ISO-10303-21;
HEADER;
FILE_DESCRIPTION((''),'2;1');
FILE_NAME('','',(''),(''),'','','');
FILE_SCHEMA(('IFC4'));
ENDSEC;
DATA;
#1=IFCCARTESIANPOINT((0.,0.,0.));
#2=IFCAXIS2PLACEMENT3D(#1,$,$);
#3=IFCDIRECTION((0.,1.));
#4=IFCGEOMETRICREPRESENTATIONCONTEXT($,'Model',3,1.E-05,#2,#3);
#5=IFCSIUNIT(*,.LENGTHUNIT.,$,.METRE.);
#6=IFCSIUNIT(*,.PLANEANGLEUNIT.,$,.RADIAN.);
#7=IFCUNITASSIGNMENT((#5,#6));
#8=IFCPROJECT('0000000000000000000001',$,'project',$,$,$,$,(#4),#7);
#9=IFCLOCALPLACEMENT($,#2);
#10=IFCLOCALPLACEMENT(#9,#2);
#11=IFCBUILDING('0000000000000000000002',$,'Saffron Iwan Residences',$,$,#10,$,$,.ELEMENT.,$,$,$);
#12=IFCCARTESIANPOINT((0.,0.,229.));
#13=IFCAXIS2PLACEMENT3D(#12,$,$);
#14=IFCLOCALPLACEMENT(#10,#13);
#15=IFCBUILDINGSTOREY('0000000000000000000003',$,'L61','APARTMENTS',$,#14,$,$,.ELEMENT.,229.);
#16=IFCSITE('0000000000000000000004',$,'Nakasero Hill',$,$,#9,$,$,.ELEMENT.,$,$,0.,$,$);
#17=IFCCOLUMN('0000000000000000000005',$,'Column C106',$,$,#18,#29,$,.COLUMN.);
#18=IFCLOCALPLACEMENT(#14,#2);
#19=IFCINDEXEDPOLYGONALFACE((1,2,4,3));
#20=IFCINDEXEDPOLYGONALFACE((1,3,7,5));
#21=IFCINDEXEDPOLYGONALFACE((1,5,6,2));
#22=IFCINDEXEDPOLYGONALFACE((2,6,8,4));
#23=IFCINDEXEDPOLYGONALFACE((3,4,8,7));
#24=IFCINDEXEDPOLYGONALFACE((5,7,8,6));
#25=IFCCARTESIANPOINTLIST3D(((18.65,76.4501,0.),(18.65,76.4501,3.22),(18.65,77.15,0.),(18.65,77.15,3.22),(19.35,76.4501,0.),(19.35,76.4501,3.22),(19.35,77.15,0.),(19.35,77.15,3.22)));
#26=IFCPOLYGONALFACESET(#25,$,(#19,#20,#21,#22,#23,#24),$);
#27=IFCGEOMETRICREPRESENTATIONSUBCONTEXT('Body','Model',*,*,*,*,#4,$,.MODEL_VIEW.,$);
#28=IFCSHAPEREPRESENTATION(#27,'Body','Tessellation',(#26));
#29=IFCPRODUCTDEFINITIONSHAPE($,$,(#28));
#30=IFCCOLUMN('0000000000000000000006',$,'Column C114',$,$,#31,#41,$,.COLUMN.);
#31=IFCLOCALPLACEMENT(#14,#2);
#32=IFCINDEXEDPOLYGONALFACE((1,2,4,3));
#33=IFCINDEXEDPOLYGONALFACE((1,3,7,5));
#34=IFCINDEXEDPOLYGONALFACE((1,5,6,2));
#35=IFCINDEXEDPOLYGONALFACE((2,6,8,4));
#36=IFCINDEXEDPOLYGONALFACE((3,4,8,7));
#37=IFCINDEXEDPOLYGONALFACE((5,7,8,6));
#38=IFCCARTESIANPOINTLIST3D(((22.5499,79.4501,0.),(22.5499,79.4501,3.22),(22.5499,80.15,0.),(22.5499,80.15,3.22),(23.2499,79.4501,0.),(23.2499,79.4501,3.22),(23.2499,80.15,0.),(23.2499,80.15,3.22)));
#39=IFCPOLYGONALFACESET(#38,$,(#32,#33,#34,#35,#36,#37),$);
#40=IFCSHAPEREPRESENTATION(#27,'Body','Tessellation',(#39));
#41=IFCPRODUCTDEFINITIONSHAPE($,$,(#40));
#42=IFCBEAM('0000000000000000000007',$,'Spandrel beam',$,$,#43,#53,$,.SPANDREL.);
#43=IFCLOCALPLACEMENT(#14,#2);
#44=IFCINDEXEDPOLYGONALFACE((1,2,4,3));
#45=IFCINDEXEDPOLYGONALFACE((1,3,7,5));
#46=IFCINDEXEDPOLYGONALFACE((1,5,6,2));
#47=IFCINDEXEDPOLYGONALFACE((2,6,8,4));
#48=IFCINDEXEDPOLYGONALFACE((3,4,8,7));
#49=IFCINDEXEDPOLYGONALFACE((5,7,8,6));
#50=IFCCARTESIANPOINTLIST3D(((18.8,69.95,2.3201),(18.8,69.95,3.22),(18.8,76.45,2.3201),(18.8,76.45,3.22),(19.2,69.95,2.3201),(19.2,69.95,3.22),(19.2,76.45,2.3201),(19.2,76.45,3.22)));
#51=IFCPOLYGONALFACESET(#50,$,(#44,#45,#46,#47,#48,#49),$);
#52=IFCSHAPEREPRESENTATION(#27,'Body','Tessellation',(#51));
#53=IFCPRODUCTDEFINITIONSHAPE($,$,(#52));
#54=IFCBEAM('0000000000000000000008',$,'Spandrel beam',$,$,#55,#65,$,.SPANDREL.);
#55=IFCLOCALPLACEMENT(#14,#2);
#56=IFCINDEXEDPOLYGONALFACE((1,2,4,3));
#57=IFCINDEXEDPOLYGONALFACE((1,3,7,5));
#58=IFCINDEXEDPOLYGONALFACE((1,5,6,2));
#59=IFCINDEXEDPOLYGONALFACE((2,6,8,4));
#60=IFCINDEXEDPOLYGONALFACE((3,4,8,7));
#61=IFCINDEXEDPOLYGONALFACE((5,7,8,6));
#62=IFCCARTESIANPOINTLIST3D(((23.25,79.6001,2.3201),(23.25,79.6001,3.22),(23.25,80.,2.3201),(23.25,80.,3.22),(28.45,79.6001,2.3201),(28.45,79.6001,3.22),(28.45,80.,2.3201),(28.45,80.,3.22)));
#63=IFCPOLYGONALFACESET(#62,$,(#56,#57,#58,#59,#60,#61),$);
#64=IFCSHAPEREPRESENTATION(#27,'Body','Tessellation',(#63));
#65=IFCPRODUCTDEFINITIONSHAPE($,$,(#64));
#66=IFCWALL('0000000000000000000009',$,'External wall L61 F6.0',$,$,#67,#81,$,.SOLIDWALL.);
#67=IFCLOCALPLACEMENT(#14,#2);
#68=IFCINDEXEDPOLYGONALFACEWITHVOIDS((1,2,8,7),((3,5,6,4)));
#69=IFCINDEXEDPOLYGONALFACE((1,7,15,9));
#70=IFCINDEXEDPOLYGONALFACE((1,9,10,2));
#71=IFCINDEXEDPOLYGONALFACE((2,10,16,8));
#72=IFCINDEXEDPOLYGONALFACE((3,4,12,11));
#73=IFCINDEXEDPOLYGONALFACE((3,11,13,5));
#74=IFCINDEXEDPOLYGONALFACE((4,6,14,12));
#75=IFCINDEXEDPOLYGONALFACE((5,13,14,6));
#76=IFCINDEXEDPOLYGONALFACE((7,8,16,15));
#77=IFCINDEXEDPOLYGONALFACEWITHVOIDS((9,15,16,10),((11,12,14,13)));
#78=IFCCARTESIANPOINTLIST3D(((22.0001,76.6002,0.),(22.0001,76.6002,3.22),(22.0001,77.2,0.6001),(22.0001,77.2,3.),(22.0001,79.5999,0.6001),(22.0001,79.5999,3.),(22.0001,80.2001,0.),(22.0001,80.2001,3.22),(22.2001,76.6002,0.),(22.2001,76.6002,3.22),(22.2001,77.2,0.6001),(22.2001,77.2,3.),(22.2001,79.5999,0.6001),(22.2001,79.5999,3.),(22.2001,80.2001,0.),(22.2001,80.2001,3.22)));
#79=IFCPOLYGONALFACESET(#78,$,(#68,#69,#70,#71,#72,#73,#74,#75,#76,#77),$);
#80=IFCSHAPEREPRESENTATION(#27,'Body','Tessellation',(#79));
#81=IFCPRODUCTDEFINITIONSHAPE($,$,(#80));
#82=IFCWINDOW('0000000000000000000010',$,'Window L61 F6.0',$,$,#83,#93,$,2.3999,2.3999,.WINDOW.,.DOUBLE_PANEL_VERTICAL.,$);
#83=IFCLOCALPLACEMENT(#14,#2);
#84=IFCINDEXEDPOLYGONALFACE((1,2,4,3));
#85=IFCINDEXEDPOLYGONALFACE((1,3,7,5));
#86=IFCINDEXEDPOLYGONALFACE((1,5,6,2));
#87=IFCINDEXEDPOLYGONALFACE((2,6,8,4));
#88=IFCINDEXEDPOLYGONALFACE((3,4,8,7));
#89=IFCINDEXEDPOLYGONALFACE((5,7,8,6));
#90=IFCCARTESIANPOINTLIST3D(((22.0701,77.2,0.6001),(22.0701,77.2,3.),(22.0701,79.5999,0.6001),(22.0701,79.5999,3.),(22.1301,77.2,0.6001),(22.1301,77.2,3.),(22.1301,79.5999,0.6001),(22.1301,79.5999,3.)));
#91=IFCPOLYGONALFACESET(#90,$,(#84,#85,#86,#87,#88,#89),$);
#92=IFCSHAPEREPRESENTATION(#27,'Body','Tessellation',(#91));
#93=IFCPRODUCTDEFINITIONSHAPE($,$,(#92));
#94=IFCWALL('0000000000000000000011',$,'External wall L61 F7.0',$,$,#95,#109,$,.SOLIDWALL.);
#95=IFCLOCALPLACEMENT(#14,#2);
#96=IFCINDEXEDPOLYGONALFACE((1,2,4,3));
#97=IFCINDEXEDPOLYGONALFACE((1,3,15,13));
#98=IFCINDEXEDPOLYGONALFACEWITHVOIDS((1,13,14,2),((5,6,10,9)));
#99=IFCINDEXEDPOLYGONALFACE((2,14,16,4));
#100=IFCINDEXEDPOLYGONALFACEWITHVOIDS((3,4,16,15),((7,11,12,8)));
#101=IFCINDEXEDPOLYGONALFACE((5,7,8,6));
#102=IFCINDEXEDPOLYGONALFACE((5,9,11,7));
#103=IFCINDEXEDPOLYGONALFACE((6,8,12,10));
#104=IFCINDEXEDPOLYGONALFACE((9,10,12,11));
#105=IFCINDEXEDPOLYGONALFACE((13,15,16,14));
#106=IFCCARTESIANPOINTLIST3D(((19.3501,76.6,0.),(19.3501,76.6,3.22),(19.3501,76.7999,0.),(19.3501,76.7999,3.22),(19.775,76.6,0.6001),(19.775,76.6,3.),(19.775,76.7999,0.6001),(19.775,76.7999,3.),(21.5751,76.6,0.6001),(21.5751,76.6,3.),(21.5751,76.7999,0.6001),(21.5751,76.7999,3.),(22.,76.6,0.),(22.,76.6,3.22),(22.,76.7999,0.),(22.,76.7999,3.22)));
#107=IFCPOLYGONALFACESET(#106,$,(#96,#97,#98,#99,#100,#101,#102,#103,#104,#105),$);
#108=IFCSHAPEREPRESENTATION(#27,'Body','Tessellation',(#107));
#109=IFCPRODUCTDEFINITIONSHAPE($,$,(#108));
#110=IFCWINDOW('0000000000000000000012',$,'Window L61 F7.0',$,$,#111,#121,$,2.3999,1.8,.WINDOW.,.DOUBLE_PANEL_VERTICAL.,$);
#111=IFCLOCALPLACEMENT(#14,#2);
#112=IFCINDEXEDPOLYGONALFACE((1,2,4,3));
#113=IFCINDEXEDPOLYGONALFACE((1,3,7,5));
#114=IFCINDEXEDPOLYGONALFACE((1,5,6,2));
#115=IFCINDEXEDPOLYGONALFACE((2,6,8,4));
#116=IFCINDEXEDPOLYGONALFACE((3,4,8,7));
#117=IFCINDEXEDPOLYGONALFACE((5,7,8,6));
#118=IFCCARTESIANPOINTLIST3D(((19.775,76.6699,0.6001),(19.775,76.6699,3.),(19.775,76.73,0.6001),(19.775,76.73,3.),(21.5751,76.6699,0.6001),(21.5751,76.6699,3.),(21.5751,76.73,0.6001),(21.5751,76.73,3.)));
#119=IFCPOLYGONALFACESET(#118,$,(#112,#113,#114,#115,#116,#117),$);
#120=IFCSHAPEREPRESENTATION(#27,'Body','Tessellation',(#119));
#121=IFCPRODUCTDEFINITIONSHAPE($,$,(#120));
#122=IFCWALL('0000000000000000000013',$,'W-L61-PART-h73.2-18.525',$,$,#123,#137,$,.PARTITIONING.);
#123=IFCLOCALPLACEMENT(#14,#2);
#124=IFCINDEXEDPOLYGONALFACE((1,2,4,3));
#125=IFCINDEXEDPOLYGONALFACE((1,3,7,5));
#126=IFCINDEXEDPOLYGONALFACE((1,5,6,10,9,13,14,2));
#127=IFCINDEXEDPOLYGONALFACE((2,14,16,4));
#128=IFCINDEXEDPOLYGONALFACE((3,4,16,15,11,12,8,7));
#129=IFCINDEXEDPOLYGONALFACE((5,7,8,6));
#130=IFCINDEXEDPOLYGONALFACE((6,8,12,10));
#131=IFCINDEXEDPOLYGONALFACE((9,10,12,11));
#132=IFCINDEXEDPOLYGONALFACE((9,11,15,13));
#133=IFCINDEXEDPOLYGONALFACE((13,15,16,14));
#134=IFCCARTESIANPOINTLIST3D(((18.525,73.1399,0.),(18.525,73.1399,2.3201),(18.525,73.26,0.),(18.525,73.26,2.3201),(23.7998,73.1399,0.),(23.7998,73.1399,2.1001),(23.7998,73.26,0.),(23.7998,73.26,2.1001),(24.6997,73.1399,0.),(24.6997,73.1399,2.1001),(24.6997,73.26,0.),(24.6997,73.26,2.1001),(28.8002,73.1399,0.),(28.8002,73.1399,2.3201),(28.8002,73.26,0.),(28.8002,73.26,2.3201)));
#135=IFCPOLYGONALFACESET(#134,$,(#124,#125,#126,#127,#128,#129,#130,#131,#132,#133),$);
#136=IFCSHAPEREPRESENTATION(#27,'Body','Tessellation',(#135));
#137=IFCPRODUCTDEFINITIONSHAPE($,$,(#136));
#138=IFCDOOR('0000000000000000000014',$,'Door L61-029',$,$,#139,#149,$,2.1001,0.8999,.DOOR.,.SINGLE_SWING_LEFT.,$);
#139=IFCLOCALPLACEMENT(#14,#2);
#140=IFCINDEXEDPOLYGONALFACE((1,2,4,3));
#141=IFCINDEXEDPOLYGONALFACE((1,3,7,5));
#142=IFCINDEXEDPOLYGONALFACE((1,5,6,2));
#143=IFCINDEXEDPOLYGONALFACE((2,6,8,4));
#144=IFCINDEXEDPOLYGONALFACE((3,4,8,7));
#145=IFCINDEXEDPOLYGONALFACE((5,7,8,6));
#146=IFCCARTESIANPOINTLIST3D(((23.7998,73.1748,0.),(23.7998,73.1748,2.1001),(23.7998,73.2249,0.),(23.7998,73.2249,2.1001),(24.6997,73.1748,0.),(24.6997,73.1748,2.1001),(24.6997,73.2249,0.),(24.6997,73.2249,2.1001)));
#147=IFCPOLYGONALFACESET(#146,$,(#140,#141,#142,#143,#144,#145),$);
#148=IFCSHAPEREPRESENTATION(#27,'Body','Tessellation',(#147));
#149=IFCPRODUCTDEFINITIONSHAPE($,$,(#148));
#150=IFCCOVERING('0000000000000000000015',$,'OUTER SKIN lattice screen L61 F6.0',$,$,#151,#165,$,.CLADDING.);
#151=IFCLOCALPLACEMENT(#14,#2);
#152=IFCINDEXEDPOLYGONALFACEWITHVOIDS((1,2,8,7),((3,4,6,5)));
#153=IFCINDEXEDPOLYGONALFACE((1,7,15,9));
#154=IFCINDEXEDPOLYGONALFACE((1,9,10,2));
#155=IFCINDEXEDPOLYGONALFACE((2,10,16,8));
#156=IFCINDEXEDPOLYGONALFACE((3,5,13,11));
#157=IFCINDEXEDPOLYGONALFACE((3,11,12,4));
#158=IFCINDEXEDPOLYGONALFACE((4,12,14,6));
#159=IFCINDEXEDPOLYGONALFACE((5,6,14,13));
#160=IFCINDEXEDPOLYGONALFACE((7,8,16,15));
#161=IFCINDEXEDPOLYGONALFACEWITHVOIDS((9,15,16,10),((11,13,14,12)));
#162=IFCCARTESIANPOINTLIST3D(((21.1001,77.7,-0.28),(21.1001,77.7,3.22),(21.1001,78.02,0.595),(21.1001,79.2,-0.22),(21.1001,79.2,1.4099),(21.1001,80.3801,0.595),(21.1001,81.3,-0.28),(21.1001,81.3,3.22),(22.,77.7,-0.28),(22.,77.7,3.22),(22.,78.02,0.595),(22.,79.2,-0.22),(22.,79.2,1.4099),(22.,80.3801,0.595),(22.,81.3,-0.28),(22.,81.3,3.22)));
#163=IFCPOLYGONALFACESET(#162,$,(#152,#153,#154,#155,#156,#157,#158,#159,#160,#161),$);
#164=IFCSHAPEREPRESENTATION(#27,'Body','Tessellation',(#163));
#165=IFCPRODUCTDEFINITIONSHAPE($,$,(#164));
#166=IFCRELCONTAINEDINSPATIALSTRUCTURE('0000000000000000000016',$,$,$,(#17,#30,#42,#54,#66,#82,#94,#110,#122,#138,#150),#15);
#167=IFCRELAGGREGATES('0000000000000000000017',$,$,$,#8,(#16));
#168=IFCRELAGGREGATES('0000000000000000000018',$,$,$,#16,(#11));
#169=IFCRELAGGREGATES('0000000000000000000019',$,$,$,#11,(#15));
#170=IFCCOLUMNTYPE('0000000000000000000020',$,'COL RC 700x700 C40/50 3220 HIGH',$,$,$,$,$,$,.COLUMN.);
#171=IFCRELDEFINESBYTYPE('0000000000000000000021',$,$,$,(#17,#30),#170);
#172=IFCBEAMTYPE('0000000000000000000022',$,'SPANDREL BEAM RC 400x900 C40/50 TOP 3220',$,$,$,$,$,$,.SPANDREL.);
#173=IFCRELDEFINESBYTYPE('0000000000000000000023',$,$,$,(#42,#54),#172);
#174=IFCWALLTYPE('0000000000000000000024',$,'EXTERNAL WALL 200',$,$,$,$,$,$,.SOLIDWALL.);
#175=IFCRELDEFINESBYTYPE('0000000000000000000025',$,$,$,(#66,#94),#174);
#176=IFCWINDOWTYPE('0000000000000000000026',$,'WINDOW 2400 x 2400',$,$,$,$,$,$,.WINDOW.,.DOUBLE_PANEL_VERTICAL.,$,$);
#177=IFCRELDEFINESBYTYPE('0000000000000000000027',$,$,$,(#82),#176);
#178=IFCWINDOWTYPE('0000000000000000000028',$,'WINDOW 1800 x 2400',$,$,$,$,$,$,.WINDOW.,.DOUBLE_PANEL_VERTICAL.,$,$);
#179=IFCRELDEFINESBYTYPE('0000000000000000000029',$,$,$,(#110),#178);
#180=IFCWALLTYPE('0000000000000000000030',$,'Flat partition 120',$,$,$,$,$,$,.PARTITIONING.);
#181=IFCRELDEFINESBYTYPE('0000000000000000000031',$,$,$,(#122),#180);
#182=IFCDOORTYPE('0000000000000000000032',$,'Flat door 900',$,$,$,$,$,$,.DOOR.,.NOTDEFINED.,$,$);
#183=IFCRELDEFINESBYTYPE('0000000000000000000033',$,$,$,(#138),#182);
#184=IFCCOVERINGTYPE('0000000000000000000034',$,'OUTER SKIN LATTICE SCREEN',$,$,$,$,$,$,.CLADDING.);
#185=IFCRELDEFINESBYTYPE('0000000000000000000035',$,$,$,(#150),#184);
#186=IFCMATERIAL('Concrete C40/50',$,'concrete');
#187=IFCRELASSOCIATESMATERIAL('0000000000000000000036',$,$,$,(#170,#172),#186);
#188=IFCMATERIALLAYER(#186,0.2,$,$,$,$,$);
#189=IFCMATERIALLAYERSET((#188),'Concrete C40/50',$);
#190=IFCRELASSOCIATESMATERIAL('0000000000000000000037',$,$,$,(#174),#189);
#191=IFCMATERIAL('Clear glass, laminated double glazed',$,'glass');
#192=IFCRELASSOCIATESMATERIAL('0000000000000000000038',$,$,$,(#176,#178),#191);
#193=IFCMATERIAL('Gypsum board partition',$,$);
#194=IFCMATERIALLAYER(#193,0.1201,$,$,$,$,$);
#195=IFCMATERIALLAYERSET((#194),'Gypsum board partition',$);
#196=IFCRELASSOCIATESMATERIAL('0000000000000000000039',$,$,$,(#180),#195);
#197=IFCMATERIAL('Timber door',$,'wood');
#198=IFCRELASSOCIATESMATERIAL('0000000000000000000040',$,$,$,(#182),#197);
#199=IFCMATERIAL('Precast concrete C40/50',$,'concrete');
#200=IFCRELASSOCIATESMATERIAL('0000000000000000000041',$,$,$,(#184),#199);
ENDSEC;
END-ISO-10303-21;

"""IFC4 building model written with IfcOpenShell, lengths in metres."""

from ifc_helpers import new_model, si_unit, direction, frame, frame_2d, origin, origin_2d, place, context, subcontext, project, spatial, polyline, rectangle, outline, extrude, source, transform, mapped, material, layer, layer_set, material_profile, profile_set, type_object, element, fill, save


model = new_model("IFC4")

# Units and contexts
model_context = context("Model", 3, precision=1e-05, world=origin(), true_north=direction((0.0, 1.0)))
body_context = subcontext(model_context, "Body", "Model", "MODEL_VIEW")
ifc_project = project(units=[si_unit("LENGTHUNIT", "METRE"), si_unit("PLANEANGLEUNIT", "RADIAN")], contexts=[model_context])

# Site, building, storey
site_placement = place(None, origin())
site = spatial("IfcSite", under=ifc_project, at=site_placement, Name="Nakasero Hill", CompositionType="ELEMENT", RefElevation=0.0)
building_placement = place(site_placement, origin())
building = spatial("IfcBuilding", under=site, at=building_placement, Name="Saffron Iwan Residences", CompositionType="ELEMENT")
storey_placement = place(building_placement, frame((0.0, 0.0, 229.0)))
storey = spatial("IfcBuildingStorey", under=building, at=storey_placement, Name="L61", Description="APARTMENTS", CompositionType="ELEMENT", Elevation=229.0)

# Columns
ifc_material_1 = material(Name="Concrete C40/50", Category="concrete")
ifc_material_profile_1 = material_profile(ifc_material_1, rectangle(XDim=0.7, YDim=0.7, at=origin_2d()), Name="RC 700x700")
ifc_profile_set_1 = profile_set([ifc_material_profile_1], Name="Concrete C40/50")
column_type = type_object("IfcColumnType", Name="COL RC 700x700 C40/50 3220 HIGH", PredefinedType="COLUMN", material=ifc_profile_set_1)
shared_shape_1 = source(origin(), body_context, "Body", "SweptSolid", [
    extrude(rectangle(XDim=0.7, YDim=0.7, at=origin_2d()), origin(), (0.0, 0.0, 1.0), 3.22),
])
for number, where, z_axis, x_axis, name in (
    (1, (19.0, 76.8, 0.0), (0.0, 0.0, 1.0), (1.0, 0.0, 0.0), "Column C106"),
    (2, (22.8999, 79.8, 0.0), (0.0, 0.0, 1.0), (1.0, 0.0, 0.0), "Column C114"),
):
    element("IfcColumn", number, at=place(storey_placement, frame(where, z_axis=z_axis, x_axis=x_axis)), inside=storey, type_object=column_type, Name=name, PredefinedType="COLUMN", context=body_context, shape_type="MappedRepresentation", body=[
        mapped(shared_shape_1, transform((0.0, 0.0, 0.0))),
    ])

# Beams
ifc_material_profile_2 = material_profile(ifc_material_1, rectangle(XDim=0.3999, YDim=0.8999, at=origin_2d()), Name="RC 400x900")
ifc_profile_set_2 = profile_set([ifc_material_profile_2], Name="Concrete C40/50")
beam_type = type_object("IfcBeamType", Name="SPANDREL BEAM RC 400x900 C40/50 TOP 3220", PredefinedType="SPANDREL", material=ifc_profile_set_2)
shared_shape_2 = source(origin(), body_context, "Body", "SweptSolid", [
    extrude(rectangle(XDim=0.3999, YDim=0.8999, at=origin_2d()), origin(), (0.0, 0.0, 1.0), 6.5),
])
beam_1_placement = place(storey_placement, frame((19.0, 69.95, 2.77), z_axis=(0.0, 1.0, 0.0), x_axis=(-1.0, 0.0, 0.0)))
element("IfcBeam", 3, at=beam_1_placement, inside=storey, type_object=beam_type, Name="Spandrel beam", PredefinedType="SPANDREL", context=body_context, shape_type="MappedRepresentation", body=[
    mapped(shared_shape_2, transform((0.0, 0.0, 0.0))),
])
shared_shape_3 = source(origin(), body_context, "Body", "SweptSolid", [
    extrude(rectangle(XDim=0.3999, YDim=0.8999, at=origin_2d()), origin(), (0.0, 0.0, 1.0), 5.2),
])
beam_2_placement = place(storey_placement, frame((23.25, 79.8, 2.77), z_axis=(1.0, 0.0, 0.0), x_axis=(0.0, 1.0, 0.0)))
element("IfcBeam", 4, at=beam_2_placement, inside=storey, type_object=beam_type, Name="Spandrel beam", PredefinedType="SPANDREL", context=body_context, shape_type="MappedRepresentation", body=[
    mapped(shared_shape_3, transform((0.0, 0.0, 0.0))),
])

# Walls, openings, windows
ifc_layer_1 = layer(ifc_material_1, 0.2)
ifc_layer_set_1 = layer_set([ifc_layer_1], Name="Concrete C40/50")
wall_type_1 = type_object("IfcWallType", Name="EXTERNAL WALL 200", PredefinedType="SOLIDWALL", material=ifc_layer_set_1)
wall_1_placement = place(storey_placement, frame((22.1001, 80.2, 0.0), z_axis=(0.0, 0.0, 1.0), x_axis=(0.0, -1.0, 0.0)))
wall_1 = element("IfcWall", 5, at=wall_1_placement, inside=storey, type_object=wall_type_1, Name="External wall L61 F6.0", PredefinedType="SOLIDWALL", context=body_context, shape_type="SweptSolid", body=[
    extrude(rectangle(XDim=3.5999, YDim=0.2, at=frame_2d((1.7998, 0.0))), origin(), (0.0, 0.0, 1.0), 3.22),
])
opening_1_placement = place(wall_1_placement, frame((0.6001, 0.0, 0.6001)))
opening_1 = element("IfcOpeningElement", 6, at=opening_1_placement, cuts=wall_1, PredefinedType="OPENING", context=body_context, shape_type="SweptSolid", body=[
    extrude(rectangle(XDim=2.3999, YDim=2.3999, at=frame_2d((1.2, 1.2))), frame((0.0, 0.1099, 0.0), z_axis=(0.0, -1.0, 0.0), x_axis=(1.0, 0.0, 0.0)), (0.0, 0.0, 1.0), 0.22),
])
ifc_material_2 = material(Name="Clear glass, laminated double glazed", Category="glass")
window_type_1 = type_object("IfcWindowType", Name="WINDOW 2400 x 2400", PartitioningType="DOUBLE_PANEL_VERTICAL", PredefinedType="WINDOW", material=ifc_material_2)
window_1_placement = place(opening_1_placement, origin())
window_1 = element("IfcWindow", 7, at=window_1_placement, inside=storey, type_object=window_type_1, Name="Window L61 F6.0", OverallHeight=2.3999, OverallWidth=2.3999, PartitioningType="DOUBLE_PANEL_VERTICAL", PredefinedType="WINDOW", context=body_context, shape_type="SweptSolid", body=[
    extrude(rectangle(XDim=2.3999, YDim=2.3999, at=frame_2d((1.2, 1.2))), frame((0.0, 0.03, 0.0), z_axis=(0.0, -1.0, 0.0), x_axis=(1.0, 0.0, 0.0)), (0.0, 0.0, 1.0), 0.0601),
])
fill(opening_1, window_1)
wall_2_placement = place(storey_placement, frame((22.0, 76.7, 0.0), z_axis=(0.0, 0.0, 1.0), x_axis=(-1.0, 0.0, 0.0)))
wall_2 = element("IfcWall", 8, at=wall_2_placement, inside=storey, type_object=wall_type_1, Name="External wall L61 F7.0", PredefinedType="SOLIDWALL", context=body_context, shape_type="SweptSolid", body=[
    extrude(rectangle(XDim=2.6499, YDim=0.2, at=frame_2d((1.325, 0.0))), origin(), (0.0, 0.0, 1.0), 3.22),
])
opening_2_placement = place(wall_2_placement, frame((0.425, 0.0, 0.6001)))
opening_2 = element("IfcOpeningElement", 9, at=opening_2_placement, cuts=wall_2, PredefinedType="OPENING", context=body_context, shape_type="SweptSolid", body=[
    extrude(rectangle(XDim=1.8, YDim=2.3999, at=frame_2d((0.8999, 1.2))), frame((0.0, 0.1099, 0.0), z_axis=(0.0, -1.0, 0.0), x_axis=(1.0, 0.0, 0.0)), (0.0, 0.0, 1.0), 0.22),
])
window_type_2 = type_object("IfcWindowType", Name="WINDOW 1800 x 2400", PartitioningType="DOUBLE_PANEL_VERTICAL", PredefinedType="WINDOW", material=ifc_material_2)
window_2_placement = place(opening_2_placement, origin())
window_2 = element("IfcWindow", 10, at=window_2_placement, inside=storey, type_object=window_type_2, Name="Window L61 F7.0", OverallHeight=2.3999, OverallWidth=1.8, PartitioningType="DOUBLE_PANEL_VERTICAL", PredefinedType="WINDOW", context=body_context, shape_type="SweptSolid", body=[
    extrude(rectangle(XDim=1.8, YDim=2.3999, at=frame_2d((0.8999, 1.2))), frame((0.0, 0.03, 0.0), z_axis=(0.0, -1.0, 0.0), x_axis=(1.0, 0.0, 0.0)), (0.0, 0.0, 1.0), 0.0601),
])
fill(opening_2, window_2)

# Wall, opening, door
ifc_material_3 = material(Name="Gypsum board partition")
ifc_layer_2 = layer(ifc_material_3, 0.1201)
ifc_layer_set_2 = layer_set([ifc_layer_2], Name="Gypsum board partition")
wall_type_2 = type_object("IfcWallType", Name="Flat partition 120", PredefinedType="PARTITIONING", material=ifc_layer_set_2)
wall_3_placement = place(storey_placement, frame((18.5249, 73.2, 0.0), z_axis=(0.0, 0.0, 1.0), x_axis=(1.0, 0.0, 0.0)))
wall_3 = element("IfcWall", 11, at=wall_3_placement, inside=storey, type_object=wall_type_2, Name="W-L61-PART-h73.2-18.525", PredefinedType="PARTITIONING", context=body_context, shape_type="SweptSolid", body=[
    extrude(rectangle(XDim=10.2751, YDim=0.1201, at=frame_2d((5.1377, 0.0))), origin(), (0.0, 0.0, 1.0), 2.3201),
])
opening_3_placement = place(wall_3_placement, frame((5.2749, 0.0, 0.0)))
opening_3 = element("IfcOpeningElement", 12, at=opening_3_placement, cuts=wall_3, PredefinedType="OPENING", context=body_context, shape_type="SweptSolid", body=[
    extrude(rectangle(XDim=0.8999, YDim=2.1001, at=frame_2d((0.45, 1.05))), frame((0.0, 0.0701, 0.0), z_axis=(0.0, -1.0, 0.0), x_axis=(1.0, 0.0, 0.0)), (0.0, 0.0, 1.0), 0.1401),
])
ifc_material_4 = material(Name="Timber door", Category="wood")
door_type_1 = type_object("IfcDoorType", Name="Flat door 900", OperationType="NOTDEFINED", PredefinedType="DOOR", material=ifc_material_4)
door_1_placement = place(opening_3_placement, origin())
door_1 = element("IfcDoor", 13, at=door_1_placement, inside=storey, type_object=door_type_1, Name="Door L61-029", OperationType="SINGLE_SWING_LEFT", OverallHeight=2.1001, OverallWidth=0.8999, PredefinedType="DOOR", context=body_context, shape_type="SweptSolid", body=[
    extrude(rectangle(XDim=0.8999, YDim=2.1001, at=frame_2d((0.45, 1.05))), frame((0.0, 0.0249, 0.0), z_axis=(0.0, -1.0, 0.0), x_axis=(1.0, 0.0, 0.0)), (0.0, 0.0, 1.0), 0.05),
])
fill(opening_3, door_1)

# Covering
ifc_material_5 = material(Name="Precast concrete C40/50", Category="concrete")
covering_type = type_object("IfcCoveringType", Name="OUTER SKIN LATTICE SCREEN", PredefinedType="CLADDING", material=ifc_material_5)
for number, where, z_axis, x_axis, name in (
    (14, (22.0, 81.3, -0.28), (-1.0, 0.0, 0.0), (0.0, -1.0, 0.0), "OUTER SKIN lattice screen L61 F6.0"),
):
    element("IfcCovering", number, at=place(storey_placement, frame(where, z_axis=z_axis, x_axis=x_axis)), inside=storey, type_object=covering_type, Name=name, PredefinedType="CLADDING", context=body_context, shape_type="SweptSolid", body=[
        extrude(outline(polyline([(0.0, 0.0), (3.6001, 0.0), (3.6001, 3.5), (0.0, 3.5), (0.0, 0.0)]), holes=[polyline([(0.9199, 0.875), (2.1001, 0.0601), (3.28, 0.875), (2.1001, 1.6899), (0.9199, 0.875)])]), origin(), (0.0, 0.0, 1.0), 0.8999),
    ])

save(model, "model.ifc")
